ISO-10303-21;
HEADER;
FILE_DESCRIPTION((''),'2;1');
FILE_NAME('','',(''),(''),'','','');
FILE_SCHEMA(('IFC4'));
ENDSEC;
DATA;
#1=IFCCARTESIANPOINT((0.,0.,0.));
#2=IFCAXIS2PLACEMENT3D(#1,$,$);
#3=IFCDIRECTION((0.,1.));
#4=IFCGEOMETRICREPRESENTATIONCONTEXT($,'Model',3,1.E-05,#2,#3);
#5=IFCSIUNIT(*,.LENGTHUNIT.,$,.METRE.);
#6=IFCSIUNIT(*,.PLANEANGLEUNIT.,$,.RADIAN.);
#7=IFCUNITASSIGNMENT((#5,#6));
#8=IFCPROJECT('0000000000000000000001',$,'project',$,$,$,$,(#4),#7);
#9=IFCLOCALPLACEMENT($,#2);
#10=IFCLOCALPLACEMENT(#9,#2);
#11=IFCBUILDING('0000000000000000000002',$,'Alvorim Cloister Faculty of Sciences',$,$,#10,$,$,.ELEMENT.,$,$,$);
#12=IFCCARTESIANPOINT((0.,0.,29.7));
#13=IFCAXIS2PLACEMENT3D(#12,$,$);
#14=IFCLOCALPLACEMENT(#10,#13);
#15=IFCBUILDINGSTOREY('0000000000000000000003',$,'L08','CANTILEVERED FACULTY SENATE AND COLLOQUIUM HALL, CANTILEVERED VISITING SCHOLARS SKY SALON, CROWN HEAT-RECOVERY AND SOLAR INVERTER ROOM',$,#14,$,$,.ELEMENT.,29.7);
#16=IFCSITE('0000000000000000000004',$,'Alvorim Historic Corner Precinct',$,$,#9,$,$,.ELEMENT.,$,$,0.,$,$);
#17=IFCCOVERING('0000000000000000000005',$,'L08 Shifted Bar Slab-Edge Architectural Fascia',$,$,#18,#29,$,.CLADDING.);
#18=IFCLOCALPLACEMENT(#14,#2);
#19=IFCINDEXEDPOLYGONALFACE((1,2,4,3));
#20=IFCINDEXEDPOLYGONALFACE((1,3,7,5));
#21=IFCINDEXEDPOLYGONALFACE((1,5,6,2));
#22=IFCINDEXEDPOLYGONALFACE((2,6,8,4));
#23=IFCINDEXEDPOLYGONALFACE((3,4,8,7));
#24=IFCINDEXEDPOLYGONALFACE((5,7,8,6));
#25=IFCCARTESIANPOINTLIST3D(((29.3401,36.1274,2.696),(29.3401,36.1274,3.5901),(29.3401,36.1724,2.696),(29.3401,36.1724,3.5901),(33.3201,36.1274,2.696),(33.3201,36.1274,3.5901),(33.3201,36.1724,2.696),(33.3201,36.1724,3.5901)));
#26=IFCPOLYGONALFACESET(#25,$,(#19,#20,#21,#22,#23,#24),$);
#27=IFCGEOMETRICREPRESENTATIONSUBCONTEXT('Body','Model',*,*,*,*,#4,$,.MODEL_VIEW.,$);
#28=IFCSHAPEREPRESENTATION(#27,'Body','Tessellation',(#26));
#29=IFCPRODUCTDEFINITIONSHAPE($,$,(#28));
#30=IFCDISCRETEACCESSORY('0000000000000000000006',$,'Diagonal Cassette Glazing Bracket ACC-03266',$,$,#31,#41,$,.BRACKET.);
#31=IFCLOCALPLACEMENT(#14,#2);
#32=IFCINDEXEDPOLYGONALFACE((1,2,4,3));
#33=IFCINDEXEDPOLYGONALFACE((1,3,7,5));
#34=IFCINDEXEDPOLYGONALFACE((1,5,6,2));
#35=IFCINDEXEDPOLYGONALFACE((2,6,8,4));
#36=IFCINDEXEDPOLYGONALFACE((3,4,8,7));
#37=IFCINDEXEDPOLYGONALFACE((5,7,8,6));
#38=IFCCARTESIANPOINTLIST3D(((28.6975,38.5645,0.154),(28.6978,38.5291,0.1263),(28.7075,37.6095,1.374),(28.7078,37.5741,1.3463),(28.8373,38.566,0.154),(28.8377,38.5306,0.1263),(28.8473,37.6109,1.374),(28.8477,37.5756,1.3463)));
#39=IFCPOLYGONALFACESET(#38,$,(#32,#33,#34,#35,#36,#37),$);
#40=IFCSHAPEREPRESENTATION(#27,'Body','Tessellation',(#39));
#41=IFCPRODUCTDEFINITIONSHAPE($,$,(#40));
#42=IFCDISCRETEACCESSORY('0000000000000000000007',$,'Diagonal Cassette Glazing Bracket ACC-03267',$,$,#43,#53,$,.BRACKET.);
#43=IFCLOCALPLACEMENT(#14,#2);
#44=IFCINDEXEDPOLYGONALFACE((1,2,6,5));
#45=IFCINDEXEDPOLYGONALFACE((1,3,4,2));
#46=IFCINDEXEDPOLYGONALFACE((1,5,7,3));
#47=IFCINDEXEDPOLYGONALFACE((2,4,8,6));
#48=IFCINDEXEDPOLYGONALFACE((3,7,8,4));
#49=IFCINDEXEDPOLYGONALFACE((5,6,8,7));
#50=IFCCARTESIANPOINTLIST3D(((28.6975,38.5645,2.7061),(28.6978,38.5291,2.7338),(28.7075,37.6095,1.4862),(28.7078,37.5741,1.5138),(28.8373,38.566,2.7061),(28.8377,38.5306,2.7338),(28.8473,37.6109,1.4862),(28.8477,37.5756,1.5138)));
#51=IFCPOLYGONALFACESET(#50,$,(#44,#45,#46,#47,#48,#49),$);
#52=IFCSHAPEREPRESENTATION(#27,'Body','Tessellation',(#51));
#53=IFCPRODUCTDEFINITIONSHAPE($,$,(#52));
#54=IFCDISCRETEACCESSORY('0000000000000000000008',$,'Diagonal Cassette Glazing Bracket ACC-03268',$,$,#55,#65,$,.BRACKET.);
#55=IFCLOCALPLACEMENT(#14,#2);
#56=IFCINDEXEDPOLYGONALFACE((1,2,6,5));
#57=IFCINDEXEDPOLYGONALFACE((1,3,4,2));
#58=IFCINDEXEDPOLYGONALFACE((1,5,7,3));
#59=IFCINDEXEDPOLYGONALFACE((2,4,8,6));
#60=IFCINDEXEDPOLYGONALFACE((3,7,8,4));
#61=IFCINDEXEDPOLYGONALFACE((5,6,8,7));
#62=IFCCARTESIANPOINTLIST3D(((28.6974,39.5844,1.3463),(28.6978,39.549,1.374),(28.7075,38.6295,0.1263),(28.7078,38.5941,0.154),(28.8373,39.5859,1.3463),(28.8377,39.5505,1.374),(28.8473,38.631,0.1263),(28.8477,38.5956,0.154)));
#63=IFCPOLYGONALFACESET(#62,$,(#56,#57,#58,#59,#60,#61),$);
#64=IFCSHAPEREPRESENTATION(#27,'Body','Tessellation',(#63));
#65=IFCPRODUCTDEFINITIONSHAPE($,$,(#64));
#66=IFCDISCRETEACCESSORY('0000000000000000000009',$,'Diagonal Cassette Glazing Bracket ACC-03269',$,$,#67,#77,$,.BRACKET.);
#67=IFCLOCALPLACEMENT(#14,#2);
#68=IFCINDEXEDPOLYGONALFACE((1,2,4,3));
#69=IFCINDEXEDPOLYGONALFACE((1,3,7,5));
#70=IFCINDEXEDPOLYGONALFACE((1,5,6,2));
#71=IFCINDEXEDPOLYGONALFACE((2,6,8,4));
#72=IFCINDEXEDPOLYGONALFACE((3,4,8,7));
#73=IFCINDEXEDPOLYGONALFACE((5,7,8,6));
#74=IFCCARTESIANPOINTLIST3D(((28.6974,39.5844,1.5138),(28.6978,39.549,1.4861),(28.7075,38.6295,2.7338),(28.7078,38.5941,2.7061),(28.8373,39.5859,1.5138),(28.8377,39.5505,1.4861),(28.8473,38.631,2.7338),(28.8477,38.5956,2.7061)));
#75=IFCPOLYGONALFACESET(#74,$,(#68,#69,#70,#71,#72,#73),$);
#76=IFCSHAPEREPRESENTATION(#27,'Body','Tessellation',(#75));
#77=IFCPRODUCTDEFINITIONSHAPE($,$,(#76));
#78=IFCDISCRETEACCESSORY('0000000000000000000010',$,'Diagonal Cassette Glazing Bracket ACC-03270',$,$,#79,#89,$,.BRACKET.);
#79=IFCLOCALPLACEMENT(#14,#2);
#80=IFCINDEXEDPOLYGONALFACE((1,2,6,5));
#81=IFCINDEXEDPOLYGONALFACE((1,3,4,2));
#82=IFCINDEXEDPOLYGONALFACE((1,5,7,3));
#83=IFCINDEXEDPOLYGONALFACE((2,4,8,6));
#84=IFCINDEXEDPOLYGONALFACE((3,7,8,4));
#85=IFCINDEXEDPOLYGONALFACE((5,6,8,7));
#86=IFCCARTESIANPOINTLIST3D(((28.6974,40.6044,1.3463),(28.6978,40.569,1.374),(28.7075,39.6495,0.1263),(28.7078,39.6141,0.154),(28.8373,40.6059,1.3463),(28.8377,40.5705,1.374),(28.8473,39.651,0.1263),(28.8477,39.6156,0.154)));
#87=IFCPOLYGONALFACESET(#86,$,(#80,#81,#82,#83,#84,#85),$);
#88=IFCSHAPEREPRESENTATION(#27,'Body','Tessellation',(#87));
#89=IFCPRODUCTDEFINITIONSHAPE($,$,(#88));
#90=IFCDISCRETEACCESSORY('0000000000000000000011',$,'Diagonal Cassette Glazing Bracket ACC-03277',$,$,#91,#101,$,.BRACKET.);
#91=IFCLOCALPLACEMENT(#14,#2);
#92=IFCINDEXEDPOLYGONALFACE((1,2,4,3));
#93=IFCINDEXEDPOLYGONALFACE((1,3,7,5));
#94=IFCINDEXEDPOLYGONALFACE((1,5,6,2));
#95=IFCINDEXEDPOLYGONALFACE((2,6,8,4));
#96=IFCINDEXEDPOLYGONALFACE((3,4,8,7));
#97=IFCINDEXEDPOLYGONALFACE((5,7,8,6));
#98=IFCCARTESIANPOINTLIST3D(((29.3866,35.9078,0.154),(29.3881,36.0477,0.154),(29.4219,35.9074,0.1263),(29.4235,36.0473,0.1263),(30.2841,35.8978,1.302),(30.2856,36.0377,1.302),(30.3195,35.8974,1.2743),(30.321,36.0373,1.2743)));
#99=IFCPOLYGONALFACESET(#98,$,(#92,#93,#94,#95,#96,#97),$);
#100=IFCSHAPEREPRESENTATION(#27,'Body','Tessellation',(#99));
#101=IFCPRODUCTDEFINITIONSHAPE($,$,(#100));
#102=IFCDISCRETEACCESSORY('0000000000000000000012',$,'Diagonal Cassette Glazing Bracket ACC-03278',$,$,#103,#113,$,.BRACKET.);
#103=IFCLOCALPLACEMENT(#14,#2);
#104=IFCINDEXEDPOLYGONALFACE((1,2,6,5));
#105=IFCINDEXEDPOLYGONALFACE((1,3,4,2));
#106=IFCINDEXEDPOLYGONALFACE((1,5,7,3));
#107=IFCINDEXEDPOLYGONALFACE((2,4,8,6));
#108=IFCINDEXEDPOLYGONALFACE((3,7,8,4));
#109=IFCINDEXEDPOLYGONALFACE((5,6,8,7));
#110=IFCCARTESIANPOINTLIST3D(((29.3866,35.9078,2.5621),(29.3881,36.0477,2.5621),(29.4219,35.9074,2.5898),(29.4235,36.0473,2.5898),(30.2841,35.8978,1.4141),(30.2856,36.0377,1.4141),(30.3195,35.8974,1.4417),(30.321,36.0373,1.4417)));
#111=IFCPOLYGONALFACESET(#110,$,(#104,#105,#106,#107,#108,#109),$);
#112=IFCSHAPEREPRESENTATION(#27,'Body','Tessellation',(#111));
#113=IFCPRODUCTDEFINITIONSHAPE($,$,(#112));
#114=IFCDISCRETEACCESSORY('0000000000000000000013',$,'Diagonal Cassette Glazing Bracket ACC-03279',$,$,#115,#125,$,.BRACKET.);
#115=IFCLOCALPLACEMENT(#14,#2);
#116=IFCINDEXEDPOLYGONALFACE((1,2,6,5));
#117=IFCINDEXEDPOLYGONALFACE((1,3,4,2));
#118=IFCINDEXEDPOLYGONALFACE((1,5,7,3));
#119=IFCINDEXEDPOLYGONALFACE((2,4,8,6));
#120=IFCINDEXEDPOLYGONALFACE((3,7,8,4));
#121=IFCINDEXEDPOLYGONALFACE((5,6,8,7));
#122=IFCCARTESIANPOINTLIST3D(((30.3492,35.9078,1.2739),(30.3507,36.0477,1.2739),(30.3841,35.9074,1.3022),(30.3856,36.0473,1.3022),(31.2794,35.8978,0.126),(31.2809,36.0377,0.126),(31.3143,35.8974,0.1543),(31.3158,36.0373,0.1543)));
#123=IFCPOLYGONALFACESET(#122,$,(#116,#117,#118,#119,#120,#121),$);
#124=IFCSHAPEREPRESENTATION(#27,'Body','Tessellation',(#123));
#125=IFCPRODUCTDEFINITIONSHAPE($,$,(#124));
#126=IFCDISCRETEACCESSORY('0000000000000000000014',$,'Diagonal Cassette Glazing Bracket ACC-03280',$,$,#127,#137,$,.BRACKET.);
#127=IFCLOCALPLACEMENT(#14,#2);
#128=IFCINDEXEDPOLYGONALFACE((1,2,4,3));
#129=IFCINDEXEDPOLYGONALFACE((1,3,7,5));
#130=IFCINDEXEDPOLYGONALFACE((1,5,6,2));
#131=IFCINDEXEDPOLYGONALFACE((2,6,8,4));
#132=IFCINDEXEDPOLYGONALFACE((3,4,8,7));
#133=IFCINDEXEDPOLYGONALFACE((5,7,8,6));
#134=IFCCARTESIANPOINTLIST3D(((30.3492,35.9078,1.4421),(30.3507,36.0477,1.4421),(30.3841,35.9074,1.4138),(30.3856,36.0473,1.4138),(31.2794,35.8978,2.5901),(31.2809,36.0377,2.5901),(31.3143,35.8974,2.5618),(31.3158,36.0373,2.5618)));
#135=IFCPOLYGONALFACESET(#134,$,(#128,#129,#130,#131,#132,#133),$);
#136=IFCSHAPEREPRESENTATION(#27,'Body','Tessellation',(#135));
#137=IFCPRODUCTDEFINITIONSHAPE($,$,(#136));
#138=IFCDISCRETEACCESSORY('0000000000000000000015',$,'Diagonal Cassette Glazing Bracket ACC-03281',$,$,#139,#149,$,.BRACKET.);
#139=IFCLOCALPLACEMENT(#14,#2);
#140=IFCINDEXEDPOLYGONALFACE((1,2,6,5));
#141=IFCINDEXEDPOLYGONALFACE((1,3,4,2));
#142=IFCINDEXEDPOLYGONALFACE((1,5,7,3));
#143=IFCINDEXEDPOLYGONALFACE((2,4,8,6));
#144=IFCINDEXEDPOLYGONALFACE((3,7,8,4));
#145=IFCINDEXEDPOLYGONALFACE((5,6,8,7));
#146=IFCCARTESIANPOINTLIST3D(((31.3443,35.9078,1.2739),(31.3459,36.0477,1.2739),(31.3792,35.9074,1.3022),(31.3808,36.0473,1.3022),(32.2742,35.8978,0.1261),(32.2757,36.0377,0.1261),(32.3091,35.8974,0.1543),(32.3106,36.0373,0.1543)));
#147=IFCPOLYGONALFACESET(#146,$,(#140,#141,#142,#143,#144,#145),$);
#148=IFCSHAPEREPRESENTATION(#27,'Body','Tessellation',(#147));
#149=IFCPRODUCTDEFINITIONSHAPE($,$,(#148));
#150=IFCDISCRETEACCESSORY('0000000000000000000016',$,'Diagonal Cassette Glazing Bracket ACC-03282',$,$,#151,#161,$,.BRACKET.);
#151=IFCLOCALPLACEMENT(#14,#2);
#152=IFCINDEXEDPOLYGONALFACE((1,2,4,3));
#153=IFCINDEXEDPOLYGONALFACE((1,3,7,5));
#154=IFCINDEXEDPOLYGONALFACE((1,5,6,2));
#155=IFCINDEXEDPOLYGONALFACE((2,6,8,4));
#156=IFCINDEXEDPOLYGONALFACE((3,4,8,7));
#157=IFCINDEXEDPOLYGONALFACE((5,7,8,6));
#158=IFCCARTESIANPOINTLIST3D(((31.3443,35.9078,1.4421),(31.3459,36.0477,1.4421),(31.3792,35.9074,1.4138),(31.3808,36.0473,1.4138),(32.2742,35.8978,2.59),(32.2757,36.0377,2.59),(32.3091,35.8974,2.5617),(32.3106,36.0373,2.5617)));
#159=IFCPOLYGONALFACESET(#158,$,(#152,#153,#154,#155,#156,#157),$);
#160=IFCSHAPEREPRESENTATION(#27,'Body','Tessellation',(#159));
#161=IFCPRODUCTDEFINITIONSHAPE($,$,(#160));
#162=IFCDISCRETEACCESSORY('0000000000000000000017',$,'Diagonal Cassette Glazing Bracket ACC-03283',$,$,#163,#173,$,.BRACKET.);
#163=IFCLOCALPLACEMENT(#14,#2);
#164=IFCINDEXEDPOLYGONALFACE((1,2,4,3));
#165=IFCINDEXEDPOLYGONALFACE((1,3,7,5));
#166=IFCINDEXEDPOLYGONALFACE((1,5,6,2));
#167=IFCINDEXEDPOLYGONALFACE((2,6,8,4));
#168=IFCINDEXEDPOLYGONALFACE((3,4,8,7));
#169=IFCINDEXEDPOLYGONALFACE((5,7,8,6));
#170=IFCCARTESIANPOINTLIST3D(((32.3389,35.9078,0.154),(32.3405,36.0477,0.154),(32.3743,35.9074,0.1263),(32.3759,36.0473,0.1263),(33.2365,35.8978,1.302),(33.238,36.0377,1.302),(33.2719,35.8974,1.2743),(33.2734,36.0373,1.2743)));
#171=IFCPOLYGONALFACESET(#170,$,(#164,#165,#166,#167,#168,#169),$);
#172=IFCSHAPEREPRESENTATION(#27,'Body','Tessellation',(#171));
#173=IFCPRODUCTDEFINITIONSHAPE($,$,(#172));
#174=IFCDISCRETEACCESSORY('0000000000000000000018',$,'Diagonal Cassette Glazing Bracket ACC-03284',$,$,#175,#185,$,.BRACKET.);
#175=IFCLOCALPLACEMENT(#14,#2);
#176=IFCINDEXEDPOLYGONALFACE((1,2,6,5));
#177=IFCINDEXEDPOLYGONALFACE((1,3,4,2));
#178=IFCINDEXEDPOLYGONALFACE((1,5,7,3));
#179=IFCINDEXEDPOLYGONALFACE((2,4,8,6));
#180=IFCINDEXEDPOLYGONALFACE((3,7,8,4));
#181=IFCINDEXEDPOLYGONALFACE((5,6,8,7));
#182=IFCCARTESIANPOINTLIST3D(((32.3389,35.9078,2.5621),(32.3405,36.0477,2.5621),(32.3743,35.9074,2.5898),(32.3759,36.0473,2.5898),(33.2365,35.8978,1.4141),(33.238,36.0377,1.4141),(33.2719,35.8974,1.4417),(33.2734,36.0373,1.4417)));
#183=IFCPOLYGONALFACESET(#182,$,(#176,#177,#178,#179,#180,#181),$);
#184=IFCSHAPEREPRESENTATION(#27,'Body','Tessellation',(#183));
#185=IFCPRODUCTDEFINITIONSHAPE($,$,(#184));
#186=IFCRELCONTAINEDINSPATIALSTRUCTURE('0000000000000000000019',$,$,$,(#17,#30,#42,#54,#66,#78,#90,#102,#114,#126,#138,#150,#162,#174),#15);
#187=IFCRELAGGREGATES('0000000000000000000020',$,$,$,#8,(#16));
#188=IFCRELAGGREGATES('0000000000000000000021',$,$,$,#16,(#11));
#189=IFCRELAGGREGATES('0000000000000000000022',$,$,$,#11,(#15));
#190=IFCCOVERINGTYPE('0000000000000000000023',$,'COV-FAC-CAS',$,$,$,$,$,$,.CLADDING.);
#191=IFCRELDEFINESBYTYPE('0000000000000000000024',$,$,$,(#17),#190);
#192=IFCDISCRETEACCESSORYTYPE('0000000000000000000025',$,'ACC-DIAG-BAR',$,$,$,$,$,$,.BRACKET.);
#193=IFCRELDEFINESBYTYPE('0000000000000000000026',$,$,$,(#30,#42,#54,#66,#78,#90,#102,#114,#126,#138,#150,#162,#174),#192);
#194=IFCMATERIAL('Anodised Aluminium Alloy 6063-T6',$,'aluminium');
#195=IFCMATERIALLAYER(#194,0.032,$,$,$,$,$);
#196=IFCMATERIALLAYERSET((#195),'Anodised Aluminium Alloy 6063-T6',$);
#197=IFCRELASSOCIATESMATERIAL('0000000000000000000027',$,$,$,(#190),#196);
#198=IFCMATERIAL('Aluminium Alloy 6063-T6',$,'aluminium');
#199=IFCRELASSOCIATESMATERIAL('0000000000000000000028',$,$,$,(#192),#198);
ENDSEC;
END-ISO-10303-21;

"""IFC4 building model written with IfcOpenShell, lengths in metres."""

from ifc_helpers import new_model, si_unit, direction, frame, origin, origin_2d, place, context, subcontext, project, spatial, polyline, rectangle, outline, extrude, material, layer, layer_set, type_object, element, save


model = new_model("IFC4")

# Units and contexts
model_context = context("Model", 3, precision=1e-05, world=origin(), true_north=direction((0.0, 1.0)))
body_context = subcontext(model_context, "Body", "Model", "MODEL_VIEW")
ifc_project = project(units=[si_unit("LENGTHUNIT", "METRE"), si_unit("PLANEANGLEUNIT", "RADIAN")], contexts=[model_context])

# Site, building, storey
site_placement = place(None, origin())
site = spatial("IfcSite", under=ifc_project, at=site_placement, Name="Alvorim Historic Corner Precinct", CompositionType="ELEMENT", RefElevation=0.0)
building_placement = place(site_placement, origin())
building = spatial("IfcBuilding", under=site, at=building_placement, Name="Alvorim Cloister Faculty of Sciences", CompositionType="ELEMENT")
storey_placement = place(building_placement, frame((0.0, 0.0, 29.7)))
storey = spatial("IfcBuildingStorey", under=building, at=storey_placement, Name="L08", Description="CANTILEVERED FACULTY SENATE AND COLLOQUIUM HALL, CANTILEVERED VISITING SCHOLARS SKY SALON, CROWN HEAT-RECOVERY AND SOLAR INVERTER ROOM", CompositionType="ELEMENT", Elevation=29.7)

# Shared definitions
ifc_material_1 = material(Name="Aluminium Alloy 6063-T6", Category="aluminium")

# Covering
ifc_material_2 = material(Name="Anodised Aluminium Alloy 6063-T6", Category="aluminium")
ifc_layer_1 = layer(ifc_material_2, 0.032)
ifc_layer_set_1 = layer_set([ifc_layer_1], Name="Anodised Aluminium Alloy 6063-T6")
covering_type = type_object("IfcCoveringType", Name="COV-FAC-CAS", PredefinedType="CLADDING", material=ifc_layer_set_1)
covering_1_placement = place(storey_placement, frame((29.3401, 36.1499, 2.696), z_axis=(0.0, 0.0, 1.0), x_axis=(1.0, 0.0, 0.0)))
element("IfcCovering", 1, at=covering_1_placement, inside=storey, type_object=covering_type, Name="L08 Shifted Bar Slab-Edge Architectural Fascia", PredefinedType="CLADDING", context=body_context, shape_type="SweptSolid", body=[
    extrude(outline(polyline([(0.0, 0.0), (3.98, 0.0), (3.98, 0.894), (0.0, 0.894), (0.0, 0.0)])), frame((0.0, 0.0225, 0.0), z_axis=(0.0, -1.0, 0.0), x_axis=(1.0, 0.0, 0.0)), (0.0, 0.0, 1.0), 0.0449),
])

# Discrete accessories
discrete_accessory_type = type_object("IfcDiscreteAccessoryType", Name="ACC-DIAG-BAR", PredefinedType="BRACKET", material=ifc_material_1)
for number, where, z_axis, x_axis, name in (
    (2, (28.7776, 37.5925, 1.3601), (-0.00646, 0.616423, -0.787389), (-0.999945, -0.01048, 0.0), "Diagonal Cassette Glazing Bracket ACC-03266"),
    (3, (28.7776, 37.5925, 1.5), (-0.00646, 0.616423, 0.787389), (-0.999945, -0.01048, 0.0), "Diagonal Cassette Glazing Bracket ACC-03267"),
    (4, (28.7776, 38.6125, 0.1401), (-0.006461, 0.616325, 0.787465), (-0.999945, -0.010483, 0.0), "Diagonal Cassette Glazing Bracket ACC-03268"),
    (5, (28.7776, 38.6125, 2.72), (-0.006461, 0.616325, -0.787465), (-0.999945, -0.010483, 0.0), "Diagonal Cassette Glazing Bracket ACC-03269"),
    (6, (28.7776, 39.6326, 0.1401), (-0.006461, 0.616325, 0.787465), (-0.999945, -0.010483, 0.0), "Diagonal Cassette Glazing Bracket ACC-03270"),
):
    element("IfcDiscreteAccessory", number, at=place(storey_placement, frame(where, z_axis=z_axis, x_axis=x_axis)), inside=storey, type_object=discrete_accessory_type, Name=name, PredefinedType="BRACKET", context=body_context, shape_type="SweptSolid", body=[
        extrude(rectangle(XDim=0.1399, YDim=0.0449, at=origin_2d()), origin(), (0.0, 0.0, 1.0), 1.5493),
    ])
for number, where, z_axis, x_axis, name in (
    (7, (29.405, 35.9775, 0.1401), (0.615896, -0.006869, 0.787797), (0.011153, 0.999938, 0.0), "Diagonal Cassette Glazing Bracket ACC-03277"),
    (8, (29.405, 35.9775, 2.5759), (0.615896, -0.006869, -0.787797), (0.011153, 0.999938, 0.0), "Diagonal Cassette Glazing Bracket ACC-03278"),
):
    element("IfcDiscreteAccessory", number, at=place(storey_placement, frame(where, z_axis=z_axis, x_axis=x_axis)), inside=storey, type_object=discrete_accessory_type, Name=name, PredefinedType="BRACKET", context=body_context, shape_type="SweptSolid", body=[
        extrude(rectangle(XDim=0.1399, YDim=0.0449, at=origin_2d()), origin(), (0.0, 0.0, 1.0), 1.4573),
    ])
for number, where, z_axis, x_axis, name in (
    (9, (30.3674, 35.9775, 1.2881), (0.629545, -0.006775, -0.776935), (0.010761, 0.999942, 0.0), "Diagonal Cassette Glazing Bracket ACC-03279"),
    (10, (30.3674, 35.9775, 1.428), (0.629545, -0.006775, 0.776935), (0.010761, 0.999942, 0.0), "Diagonal Cassette Glazing Bracket ACC-03280"),
):
    element("IfcDiscreteAccessory", number, at=place(storey_placement, frame(where, z_axis=z_axis, x_axis=x_axis)), inside=storey, type_object=discrete_accessory_type, Name=name, PredefinedType="BRACKET", context=body_context, shape_type="SweptSolid", body=[
        extrude(rectangle(XDim=0.1399, YDim=0.0449, at=origin_2d()), origin(), (0.0, 0.0, 1.0), 1.4775),
    ])
for number, where, z_axis, x_axis, name in (
    (11, (31.3625, 35.9775, 1.2881), (0.629445, -0.006775, -0.777015), (0.010763, 0.999942, 0.0), "Diagonal Cassette Glazing Bracket ACC-03281"),
    (12, (31.3625, 35.9775, 1.428), (0.629445, -0.006775, 0.777015), (0.010763, 0.999942, 0.0), "Diagonal Cassette Glazing Bracket ACC-03282"),
):
    element("IfcDiscreteAccessory", number, at=place(storey_placement, frame(where, z_axis=z_axis, x_axis=x_axis)), inside=storey, type_object=discrete_accessory_type, Name=name, PredefinedType="BRACKET", context=body_context, shape_type="SweptSolid", body=[
        extrude(rectangle(XDim=0.1399, YDim=0.0449, at=origin_2d()), origin(), (0.0, 0.0, 1.0), 1.4773),
    ])
for number, where, z_axis, x_axis, name in (
    (13, (32.3574, 35.9775, 0.1401), (0.615896, -0.006869, 0.787797), (0.011153, 0.999938, 0.0), "Diagonal Cassette Glazing Bracket ACC-03283"),
    (14, (32.3574, 35.9775, 2.5759), (0.615896, -0.006869, -0.787797), (0.011153, 0.999938, 0.0), "Diagonal Cassette Glazing Bracket ACC-03284"),
):
    element("IfcDiscreteAccessory", number, at=place(storey_placement, frame(where, z_axis=z_axis, x_axis=x_axis)), inside=storey, type_object=discrete_accessory_type, Name=name, PredefinedType="BRACKET", context=body_context, shape_type="SweptSolid", body=[
        extrude(rectangle(XDim=0.1399, YDim=0.0449, at=origin_2d()), origin(), (0.0, 0.0, 1.0), 1.4573),
    ])

save(model, "model.ifc")
